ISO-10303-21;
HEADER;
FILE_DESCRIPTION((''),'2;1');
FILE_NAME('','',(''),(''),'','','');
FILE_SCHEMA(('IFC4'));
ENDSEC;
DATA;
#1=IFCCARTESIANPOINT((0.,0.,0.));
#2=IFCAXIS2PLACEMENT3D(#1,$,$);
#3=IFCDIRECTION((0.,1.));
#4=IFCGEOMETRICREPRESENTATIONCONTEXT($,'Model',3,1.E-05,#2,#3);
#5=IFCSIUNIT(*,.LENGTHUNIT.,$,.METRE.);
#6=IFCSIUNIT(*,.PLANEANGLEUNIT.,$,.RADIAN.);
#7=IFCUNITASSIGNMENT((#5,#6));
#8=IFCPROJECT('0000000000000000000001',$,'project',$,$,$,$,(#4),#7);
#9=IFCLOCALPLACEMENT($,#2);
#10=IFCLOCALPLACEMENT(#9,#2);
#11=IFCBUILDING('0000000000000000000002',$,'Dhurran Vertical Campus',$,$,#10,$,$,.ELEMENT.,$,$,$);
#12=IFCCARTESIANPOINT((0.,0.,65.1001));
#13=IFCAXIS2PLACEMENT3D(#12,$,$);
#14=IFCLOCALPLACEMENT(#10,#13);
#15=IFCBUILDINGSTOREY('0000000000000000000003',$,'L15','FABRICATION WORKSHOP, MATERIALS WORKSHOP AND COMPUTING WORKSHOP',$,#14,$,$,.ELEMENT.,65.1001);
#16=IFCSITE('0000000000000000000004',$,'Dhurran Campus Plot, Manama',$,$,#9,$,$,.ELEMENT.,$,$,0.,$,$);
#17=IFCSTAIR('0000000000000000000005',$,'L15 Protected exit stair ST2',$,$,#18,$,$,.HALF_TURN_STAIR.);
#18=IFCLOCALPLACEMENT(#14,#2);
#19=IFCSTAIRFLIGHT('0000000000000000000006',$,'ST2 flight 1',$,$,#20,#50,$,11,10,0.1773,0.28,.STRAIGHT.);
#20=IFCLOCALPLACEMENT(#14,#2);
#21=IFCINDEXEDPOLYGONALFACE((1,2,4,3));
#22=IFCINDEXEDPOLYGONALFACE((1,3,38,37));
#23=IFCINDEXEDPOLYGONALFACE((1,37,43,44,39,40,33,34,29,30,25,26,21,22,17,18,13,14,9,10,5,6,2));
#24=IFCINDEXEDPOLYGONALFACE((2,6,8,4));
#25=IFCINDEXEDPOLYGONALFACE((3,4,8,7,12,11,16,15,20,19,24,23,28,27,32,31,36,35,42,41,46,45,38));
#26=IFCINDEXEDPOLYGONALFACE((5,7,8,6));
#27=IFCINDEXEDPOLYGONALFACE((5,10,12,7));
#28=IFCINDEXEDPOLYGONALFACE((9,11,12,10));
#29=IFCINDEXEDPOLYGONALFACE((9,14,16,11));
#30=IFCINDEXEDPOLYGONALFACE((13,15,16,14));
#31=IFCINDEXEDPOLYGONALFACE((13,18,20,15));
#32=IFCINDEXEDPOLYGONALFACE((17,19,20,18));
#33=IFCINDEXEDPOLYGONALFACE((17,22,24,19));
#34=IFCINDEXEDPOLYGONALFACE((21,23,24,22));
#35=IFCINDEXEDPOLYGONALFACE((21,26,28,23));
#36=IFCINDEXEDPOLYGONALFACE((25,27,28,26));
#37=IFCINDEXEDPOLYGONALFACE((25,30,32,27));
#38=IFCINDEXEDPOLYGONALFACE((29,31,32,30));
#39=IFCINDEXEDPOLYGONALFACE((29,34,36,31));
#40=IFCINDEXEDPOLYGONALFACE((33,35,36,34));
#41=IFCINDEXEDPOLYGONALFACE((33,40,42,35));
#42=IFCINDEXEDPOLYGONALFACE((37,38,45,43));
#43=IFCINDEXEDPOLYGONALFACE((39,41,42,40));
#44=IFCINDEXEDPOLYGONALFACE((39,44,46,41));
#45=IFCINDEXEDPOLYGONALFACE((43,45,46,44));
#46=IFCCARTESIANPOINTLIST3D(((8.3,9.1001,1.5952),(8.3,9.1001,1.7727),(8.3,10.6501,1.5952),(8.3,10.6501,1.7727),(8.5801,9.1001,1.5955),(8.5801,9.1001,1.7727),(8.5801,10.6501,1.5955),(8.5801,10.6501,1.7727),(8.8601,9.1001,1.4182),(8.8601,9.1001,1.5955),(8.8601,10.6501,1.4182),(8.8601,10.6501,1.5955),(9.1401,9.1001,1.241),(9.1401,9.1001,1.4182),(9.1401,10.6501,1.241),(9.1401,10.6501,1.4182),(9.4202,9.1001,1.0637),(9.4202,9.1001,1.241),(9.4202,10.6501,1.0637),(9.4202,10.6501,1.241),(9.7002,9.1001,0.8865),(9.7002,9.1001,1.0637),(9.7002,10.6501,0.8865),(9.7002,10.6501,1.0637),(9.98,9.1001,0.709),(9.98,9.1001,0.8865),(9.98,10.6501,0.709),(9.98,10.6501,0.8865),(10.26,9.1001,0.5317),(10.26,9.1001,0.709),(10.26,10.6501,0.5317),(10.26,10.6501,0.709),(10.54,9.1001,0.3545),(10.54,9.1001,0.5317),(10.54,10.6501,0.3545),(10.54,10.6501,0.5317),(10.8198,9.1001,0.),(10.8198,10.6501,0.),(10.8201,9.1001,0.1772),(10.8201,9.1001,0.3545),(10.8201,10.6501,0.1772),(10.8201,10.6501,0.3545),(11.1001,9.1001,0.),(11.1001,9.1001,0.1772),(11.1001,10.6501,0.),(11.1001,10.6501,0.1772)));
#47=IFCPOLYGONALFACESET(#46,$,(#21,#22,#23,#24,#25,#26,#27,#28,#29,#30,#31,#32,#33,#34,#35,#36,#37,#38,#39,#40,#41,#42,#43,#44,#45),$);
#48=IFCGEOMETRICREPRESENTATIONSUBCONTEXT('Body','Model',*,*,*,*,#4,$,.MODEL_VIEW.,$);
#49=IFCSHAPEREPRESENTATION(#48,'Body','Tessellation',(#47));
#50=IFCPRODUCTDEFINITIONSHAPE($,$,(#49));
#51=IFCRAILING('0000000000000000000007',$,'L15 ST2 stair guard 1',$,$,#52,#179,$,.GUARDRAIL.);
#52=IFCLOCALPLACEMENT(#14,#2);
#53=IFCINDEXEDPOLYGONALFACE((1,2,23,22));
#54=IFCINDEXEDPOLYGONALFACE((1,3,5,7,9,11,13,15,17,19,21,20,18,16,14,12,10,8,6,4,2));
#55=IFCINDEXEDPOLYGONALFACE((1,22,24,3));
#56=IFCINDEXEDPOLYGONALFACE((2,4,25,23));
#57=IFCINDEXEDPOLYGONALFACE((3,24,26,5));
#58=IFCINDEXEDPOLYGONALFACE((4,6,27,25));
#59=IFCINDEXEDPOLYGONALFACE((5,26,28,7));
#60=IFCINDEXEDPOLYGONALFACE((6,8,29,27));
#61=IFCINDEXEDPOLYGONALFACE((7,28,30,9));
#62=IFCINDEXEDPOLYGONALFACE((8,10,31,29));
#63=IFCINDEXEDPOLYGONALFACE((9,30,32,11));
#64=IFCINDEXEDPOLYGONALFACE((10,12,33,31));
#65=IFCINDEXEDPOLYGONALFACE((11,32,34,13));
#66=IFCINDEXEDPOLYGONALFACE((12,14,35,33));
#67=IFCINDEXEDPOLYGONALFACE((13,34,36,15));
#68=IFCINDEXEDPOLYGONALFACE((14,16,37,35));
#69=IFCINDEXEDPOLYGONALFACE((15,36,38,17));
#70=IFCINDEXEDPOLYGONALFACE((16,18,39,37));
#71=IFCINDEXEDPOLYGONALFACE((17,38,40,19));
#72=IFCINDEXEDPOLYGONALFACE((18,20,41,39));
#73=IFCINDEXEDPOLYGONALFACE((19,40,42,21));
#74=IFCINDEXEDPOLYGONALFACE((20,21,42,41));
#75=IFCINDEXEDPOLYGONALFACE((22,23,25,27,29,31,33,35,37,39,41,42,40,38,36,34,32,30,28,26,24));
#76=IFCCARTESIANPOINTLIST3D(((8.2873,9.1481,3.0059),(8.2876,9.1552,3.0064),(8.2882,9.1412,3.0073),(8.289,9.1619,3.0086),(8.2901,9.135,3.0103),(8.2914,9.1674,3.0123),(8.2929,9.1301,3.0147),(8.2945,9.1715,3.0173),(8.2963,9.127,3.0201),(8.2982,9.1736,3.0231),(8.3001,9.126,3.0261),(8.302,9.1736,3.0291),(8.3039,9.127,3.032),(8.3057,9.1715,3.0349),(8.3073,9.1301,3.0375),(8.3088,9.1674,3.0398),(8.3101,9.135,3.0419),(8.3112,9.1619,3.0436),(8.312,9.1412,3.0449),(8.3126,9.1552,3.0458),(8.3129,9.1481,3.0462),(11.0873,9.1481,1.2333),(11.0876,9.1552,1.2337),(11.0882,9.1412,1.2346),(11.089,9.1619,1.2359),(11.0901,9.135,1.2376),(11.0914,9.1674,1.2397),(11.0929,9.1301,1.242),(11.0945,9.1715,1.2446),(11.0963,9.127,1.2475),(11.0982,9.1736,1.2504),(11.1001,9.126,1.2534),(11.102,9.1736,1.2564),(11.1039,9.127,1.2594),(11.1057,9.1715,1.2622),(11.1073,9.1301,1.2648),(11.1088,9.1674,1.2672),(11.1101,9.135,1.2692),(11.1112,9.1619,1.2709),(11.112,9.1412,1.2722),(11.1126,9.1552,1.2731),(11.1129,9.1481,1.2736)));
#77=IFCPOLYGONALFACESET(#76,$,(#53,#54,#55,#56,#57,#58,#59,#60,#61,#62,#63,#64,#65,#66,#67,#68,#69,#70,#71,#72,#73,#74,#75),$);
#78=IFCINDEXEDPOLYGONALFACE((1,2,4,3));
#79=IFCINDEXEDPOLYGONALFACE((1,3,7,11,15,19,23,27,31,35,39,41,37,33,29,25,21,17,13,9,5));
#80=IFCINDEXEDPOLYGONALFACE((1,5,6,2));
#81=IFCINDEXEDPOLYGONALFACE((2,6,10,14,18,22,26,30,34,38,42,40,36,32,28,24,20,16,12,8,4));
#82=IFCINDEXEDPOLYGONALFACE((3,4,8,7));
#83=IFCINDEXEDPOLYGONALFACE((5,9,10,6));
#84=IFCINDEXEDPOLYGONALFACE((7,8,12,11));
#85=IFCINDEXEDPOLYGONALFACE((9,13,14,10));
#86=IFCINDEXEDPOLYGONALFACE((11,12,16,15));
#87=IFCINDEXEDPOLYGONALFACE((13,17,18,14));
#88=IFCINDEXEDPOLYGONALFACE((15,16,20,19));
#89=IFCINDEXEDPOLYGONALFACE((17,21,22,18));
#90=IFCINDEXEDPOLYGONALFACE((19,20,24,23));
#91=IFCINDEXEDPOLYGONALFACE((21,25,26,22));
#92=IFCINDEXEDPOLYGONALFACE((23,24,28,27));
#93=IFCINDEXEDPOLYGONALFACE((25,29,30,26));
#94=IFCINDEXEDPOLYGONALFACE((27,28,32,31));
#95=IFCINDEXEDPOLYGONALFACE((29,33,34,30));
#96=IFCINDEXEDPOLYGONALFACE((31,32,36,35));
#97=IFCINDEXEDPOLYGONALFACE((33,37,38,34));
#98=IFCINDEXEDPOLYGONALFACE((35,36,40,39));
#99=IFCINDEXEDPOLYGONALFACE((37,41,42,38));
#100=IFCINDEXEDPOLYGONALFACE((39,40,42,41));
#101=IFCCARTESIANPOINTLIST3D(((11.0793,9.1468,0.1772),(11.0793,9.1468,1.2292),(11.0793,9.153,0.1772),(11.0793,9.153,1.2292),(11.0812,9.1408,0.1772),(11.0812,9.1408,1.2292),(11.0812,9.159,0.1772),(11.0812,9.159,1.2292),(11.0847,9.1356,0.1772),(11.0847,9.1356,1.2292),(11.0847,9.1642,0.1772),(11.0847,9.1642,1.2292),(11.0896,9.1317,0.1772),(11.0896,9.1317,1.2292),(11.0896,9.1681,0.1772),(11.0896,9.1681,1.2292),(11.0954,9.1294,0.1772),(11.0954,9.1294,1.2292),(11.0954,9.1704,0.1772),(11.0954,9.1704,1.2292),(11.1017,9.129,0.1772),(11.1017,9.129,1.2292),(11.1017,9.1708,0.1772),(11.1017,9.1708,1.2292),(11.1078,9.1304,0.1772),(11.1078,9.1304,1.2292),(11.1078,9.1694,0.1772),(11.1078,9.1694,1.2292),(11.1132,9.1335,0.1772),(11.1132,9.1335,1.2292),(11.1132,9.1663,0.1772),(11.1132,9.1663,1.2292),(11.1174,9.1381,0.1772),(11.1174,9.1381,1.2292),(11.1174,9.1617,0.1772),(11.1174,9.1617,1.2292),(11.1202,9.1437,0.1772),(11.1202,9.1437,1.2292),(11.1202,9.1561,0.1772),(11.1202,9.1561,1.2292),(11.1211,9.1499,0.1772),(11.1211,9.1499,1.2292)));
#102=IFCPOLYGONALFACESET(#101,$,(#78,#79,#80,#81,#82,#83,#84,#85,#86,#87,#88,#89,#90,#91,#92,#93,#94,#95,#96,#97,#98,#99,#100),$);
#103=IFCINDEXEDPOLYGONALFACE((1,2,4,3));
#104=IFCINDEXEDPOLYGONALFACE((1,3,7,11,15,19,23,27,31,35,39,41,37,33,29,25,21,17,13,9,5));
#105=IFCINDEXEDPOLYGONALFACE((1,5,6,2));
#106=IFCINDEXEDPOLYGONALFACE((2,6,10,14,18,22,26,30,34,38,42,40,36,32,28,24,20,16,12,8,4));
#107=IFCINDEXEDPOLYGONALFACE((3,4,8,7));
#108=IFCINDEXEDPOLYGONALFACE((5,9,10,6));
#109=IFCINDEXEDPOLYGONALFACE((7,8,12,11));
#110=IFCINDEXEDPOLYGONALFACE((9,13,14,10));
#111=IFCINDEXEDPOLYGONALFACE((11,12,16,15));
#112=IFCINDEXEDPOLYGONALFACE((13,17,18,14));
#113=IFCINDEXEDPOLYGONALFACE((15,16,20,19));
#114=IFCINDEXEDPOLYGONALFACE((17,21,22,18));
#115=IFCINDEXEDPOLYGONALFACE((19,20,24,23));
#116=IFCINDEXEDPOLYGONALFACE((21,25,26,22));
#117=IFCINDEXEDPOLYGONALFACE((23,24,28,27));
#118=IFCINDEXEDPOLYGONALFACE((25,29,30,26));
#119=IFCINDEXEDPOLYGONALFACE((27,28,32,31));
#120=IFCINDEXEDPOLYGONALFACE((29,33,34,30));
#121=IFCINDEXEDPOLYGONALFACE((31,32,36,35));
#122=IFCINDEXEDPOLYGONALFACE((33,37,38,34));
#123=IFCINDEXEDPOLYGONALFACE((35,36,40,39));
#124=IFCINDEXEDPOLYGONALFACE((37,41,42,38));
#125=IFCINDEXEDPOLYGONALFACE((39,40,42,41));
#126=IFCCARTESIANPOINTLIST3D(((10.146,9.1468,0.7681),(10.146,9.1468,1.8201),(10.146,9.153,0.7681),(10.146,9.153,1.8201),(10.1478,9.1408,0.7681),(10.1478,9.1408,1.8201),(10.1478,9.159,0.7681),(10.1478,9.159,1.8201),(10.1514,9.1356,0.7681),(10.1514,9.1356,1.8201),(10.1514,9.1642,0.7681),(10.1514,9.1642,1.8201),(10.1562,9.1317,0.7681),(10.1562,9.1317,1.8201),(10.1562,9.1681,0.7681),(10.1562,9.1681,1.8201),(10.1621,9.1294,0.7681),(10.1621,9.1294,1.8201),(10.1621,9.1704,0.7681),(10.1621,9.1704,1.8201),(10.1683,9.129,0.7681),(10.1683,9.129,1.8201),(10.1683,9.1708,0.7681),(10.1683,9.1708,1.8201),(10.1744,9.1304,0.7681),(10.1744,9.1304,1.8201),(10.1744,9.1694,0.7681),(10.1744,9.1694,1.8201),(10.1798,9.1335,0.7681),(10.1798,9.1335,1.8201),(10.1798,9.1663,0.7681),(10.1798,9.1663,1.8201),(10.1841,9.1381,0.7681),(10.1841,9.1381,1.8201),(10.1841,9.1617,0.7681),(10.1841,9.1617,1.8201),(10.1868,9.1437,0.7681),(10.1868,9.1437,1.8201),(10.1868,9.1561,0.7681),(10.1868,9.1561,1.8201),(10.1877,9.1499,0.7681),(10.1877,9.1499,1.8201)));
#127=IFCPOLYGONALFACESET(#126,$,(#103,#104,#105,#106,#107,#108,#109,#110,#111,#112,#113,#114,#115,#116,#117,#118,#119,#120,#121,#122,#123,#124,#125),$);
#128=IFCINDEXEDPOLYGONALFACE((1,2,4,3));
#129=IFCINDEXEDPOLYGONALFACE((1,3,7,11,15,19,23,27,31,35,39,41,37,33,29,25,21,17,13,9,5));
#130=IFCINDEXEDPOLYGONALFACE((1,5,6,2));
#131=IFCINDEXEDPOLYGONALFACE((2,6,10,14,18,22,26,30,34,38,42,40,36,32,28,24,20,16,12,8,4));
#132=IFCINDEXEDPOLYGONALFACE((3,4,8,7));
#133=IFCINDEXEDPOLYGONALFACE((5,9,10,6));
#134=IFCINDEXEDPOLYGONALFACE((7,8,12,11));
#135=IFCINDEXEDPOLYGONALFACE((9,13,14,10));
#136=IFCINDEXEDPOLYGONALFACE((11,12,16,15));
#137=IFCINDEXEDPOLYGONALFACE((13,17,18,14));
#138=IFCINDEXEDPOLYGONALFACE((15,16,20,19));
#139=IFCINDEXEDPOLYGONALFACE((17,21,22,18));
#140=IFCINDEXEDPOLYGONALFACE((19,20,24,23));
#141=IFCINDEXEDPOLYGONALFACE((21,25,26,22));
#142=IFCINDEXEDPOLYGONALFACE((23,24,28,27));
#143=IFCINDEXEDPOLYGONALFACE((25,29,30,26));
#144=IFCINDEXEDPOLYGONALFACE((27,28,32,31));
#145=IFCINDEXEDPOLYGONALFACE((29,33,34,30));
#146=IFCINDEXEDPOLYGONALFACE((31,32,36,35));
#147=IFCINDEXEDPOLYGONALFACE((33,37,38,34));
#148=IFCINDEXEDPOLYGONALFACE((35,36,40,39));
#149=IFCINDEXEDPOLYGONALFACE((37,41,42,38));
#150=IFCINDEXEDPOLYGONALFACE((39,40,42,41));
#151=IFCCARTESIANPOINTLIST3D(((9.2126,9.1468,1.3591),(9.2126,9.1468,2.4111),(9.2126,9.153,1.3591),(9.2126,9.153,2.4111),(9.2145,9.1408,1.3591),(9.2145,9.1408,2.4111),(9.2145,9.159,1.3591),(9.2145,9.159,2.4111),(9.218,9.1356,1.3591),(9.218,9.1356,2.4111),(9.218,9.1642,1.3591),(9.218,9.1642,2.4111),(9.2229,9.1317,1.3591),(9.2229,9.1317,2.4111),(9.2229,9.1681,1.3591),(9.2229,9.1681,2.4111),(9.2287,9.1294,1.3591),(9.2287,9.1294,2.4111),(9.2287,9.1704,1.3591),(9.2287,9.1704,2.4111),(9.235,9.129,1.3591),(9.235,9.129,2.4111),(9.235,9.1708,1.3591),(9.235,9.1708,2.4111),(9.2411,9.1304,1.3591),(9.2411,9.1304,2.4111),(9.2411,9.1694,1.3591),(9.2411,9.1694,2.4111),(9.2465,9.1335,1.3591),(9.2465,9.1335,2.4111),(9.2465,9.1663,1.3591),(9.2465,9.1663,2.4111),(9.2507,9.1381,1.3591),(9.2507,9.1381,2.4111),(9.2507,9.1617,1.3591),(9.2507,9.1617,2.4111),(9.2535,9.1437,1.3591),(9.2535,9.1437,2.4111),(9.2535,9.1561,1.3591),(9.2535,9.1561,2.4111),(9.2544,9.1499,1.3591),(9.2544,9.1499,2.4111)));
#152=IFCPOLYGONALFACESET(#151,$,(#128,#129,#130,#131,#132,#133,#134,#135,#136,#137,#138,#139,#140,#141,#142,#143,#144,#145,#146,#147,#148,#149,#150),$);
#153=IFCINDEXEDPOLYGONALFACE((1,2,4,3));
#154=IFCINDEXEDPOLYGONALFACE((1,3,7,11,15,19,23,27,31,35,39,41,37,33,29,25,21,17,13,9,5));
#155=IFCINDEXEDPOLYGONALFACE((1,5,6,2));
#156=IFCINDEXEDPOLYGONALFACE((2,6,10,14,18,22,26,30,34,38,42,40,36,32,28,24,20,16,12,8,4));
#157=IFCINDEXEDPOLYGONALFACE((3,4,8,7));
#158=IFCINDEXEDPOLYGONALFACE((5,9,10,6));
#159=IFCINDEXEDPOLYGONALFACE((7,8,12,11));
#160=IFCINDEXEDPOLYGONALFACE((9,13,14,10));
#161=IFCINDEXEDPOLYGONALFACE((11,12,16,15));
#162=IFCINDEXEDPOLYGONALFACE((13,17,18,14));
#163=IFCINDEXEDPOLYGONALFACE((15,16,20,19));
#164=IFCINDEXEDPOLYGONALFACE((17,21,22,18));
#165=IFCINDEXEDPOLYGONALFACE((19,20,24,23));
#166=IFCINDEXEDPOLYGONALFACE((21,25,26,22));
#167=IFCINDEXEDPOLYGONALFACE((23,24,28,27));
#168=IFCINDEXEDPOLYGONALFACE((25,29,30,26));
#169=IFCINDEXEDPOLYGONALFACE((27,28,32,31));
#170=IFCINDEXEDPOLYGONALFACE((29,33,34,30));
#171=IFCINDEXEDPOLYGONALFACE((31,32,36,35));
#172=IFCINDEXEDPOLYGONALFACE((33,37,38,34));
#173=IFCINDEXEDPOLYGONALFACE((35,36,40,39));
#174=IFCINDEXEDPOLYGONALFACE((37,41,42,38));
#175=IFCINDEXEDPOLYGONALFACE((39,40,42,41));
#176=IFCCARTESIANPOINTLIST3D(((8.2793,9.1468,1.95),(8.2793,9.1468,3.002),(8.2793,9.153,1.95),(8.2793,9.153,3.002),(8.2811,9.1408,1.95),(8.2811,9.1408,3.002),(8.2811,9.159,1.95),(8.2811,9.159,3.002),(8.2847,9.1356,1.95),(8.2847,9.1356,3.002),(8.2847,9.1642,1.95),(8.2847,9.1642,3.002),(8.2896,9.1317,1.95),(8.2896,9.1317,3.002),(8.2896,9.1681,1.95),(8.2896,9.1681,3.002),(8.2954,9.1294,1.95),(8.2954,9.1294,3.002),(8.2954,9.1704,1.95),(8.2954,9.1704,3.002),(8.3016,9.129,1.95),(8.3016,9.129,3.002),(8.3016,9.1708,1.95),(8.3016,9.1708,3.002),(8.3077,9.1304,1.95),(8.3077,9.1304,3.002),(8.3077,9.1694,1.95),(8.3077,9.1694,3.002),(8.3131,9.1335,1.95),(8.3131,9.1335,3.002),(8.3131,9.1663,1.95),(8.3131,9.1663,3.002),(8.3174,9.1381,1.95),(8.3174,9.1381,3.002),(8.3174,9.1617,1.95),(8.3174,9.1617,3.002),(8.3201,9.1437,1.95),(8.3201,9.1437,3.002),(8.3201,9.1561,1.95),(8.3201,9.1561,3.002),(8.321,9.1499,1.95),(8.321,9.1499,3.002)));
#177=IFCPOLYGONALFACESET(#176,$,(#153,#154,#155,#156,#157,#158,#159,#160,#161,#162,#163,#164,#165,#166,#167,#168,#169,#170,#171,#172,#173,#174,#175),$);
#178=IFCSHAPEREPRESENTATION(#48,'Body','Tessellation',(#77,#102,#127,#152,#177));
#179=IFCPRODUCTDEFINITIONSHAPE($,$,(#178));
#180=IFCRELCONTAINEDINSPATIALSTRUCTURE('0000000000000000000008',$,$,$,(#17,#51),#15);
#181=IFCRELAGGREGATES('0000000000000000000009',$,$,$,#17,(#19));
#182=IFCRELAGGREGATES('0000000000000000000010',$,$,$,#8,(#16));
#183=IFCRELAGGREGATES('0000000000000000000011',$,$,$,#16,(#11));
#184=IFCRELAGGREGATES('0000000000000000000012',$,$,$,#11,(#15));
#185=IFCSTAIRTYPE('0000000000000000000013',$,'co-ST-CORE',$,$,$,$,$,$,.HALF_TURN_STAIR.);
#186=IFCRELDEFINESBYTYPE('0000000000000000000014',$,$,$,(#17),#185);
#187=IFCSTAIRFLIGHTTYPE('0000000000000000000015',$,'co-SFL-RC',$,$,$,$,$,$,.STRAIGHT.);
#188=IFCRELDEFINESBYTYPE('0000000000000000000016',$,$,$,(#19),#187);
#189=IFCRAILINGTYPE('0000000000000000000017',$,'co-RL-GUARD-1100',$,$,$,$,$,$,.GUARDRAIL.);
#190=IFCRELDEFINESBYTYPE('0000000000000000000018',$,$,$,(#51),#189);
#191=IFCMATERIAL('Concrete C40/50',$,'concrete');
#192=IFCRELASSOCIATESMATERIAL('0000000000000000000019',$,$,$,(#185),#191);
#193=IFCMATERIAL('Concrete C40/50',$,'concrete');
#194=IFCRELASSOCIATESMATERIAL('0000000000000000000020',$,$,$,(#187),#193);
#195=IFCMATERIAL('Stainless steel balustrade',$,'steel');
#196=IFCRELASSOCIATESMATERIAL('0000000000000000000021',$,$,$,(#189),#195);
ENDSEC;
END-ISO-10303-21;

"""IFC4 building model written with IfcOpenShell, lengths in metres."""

from ifc_helpers import new_model, si_unit, direction, frame, origin, origin_2d, place, context, subcontext, project, spatial, polyline, circle, outline, extrude, material, type_object, element, aggregate, save


model = new_model("IFC4")

# Units and contexts
model_context = context("Model", 3, precision=1e-05, world=origin(), true_north=direction((0.0, 1.0)))
body_context = subcontext(model_context, "Body", "Model", "MODEL_VIEW")
ifc_project = project(units=[si_unit("LENGTHUNIT", "METRE"), si_unit("PLANEANGLEUNIT", "RADIAN")], contexts=[model_context])

# Site, building, storey
site_placement = place(None, origin())
site = spatial("IfcSite", under=ifc_project, at=site_placement, Name="Dhurran Campus Plot, Manama", CompositionType="ELEMENT", RefElevation=0.0)
building_placement = place(site_placement, origin())
building = spatial("IfcBuilding", under=site, at=building_placement, Name="Dhurran Vertical Campus", CompositionType="ELEMENT")
storey_placement = place(building_placement, frame((0.0, 0.0, 65.1001)))
storey = spatial("IfcBuildingStorey", under=building, at=storey_placement, Name="L15", Description="FABRICATION WORKSHOP, MATERIALS WORKSHOP AND COMPUTING WORKSHOP", CompositionType="ELEMENT", Elevation=65.1001)

# Stair, stair flight
ifc_material_1 = material(Name="Concrete C40/50", Category="concrete")
stair_type = type_object("IfcStairType", Name="co-ST-CORE", PredefinedType="HALF_TURN_STAIR", material=ifc_material_1)
stair_placement = place(storey_placement, origin())
stair = element("IfcStair", 1, at=stair_placement, inside=storey, type_object=stair_type, Name="L15 Protected exit stair ST2", PredefinedType="HALF_TURN_STAIR")
ifc_material_2 = material(Name="Concrete C40/50", Category="concrete")
stair_flight_type = type_object("IfcStairFlightType", Name="co-SFL-RC", PredefinedType="STRAIGHT", material=ifc_material_2)
stair_flight_placement = place(storey_placement, frame((11.1001, 9.875, 0.0), z_axis=(0.0, 0.0, 1.0), x_axis=(-1.0, 0.0, 0.0)))
stair_flight = element("IfcStairFlight", 2, at=stair_flight_placement, type_object=stair_flight_type, Name="ST2 flight 1", NumberOfRisers=11, NumberOfTreads=10, PredefinedType="STRAIGHT", RiserHeight=0.1773, TreadLength=0.28, context=body_context, shape_type="SweptSolid", body=[
    extrude(outline(polyline([(0.0, 0.0), (0.0, 0.1772), (0.28, 0.1772), (0.28, 0.3545), (0.5601, 0.3545), (0.5601, 0.5317), (0.8401, 0.5317), (0.8401, 0.709), (1.1201, 0.709), (1.1201, 0.8865), (1.3999, 0.8865), (1.3999, 1.0637), (1.6799, 1.0637), (1.6799, 1.241), (1.96, 1.241), (1.96, 1.4182), (2.24, 1.4182), (2.24, 1.5955), (2.52, 1.5955), (2.52, 1.7727), (2.8, 1.7727), (2.8, 1.95), (2.8, 1.5952), (0.2803, 0.0), (0.0, 0.0)])), frame((0.0, 0.7749, 0.0), z_axis=(0.0, -1.0, 0.0), x_axis=(1.0, 0.0, 0.0)), (0.0, 0.0, 1.0), 1.55),
])
aggregate(stair, [stair_flight])

# Railing
ifc_material_3 = material(Name="Stainless steel balustrade", Category="steel")
railing_type_1 = type_object("IfcRailingType", Name="co-RL-GUARD-1100", PredefinedType="GUARDRAIL", material=ifc_material_3)
railing_1_placement = place(storey_placement, frame((11.1001, 9.1499, 0.1772)))
element("IfcRailing", 3, at=railing_1_placement, inside=storey, type_object=railing_type_1, Name="L15 ST2 stair guard 1", PredefinedType="GUARDRAIL", context=body_context, shape_type="SweptSolid", body=[
    extrude(circle(Radius=0.0239, at=origin_2d()), frame((0.0, 0.0, 1.0762), z_axis=(-0.844909, 0.0, 0.53491), x_axis=(0.0, -1.0, 0.0)), (0.0, 0.0, 1.0), 3.314),
    extrude(circle(Radius=0.021, at=origin_2d()), origin(), (0.0, 0.0, 1.0), 1.052),
    extrude(circle(Radius=0.021, at=origin_2d()), frame((-0.9333, 0.0, 0.5908)), (0.0, 0.0, 1.0), 1.052),
    extrude(circle(Radius=0.021, at=origin_2d()), frame((-1.8667, 0.0, 1.1819)), (0.0, 0.0, 1.0), 1.052),
    extrude(circle(Radius=0.021, at=origin_2d()), frame((-2.8, 0.0, 1.7727)), (0.0, 0.0, 1.0), 1.052),
])

save(model, "model.ifc")
